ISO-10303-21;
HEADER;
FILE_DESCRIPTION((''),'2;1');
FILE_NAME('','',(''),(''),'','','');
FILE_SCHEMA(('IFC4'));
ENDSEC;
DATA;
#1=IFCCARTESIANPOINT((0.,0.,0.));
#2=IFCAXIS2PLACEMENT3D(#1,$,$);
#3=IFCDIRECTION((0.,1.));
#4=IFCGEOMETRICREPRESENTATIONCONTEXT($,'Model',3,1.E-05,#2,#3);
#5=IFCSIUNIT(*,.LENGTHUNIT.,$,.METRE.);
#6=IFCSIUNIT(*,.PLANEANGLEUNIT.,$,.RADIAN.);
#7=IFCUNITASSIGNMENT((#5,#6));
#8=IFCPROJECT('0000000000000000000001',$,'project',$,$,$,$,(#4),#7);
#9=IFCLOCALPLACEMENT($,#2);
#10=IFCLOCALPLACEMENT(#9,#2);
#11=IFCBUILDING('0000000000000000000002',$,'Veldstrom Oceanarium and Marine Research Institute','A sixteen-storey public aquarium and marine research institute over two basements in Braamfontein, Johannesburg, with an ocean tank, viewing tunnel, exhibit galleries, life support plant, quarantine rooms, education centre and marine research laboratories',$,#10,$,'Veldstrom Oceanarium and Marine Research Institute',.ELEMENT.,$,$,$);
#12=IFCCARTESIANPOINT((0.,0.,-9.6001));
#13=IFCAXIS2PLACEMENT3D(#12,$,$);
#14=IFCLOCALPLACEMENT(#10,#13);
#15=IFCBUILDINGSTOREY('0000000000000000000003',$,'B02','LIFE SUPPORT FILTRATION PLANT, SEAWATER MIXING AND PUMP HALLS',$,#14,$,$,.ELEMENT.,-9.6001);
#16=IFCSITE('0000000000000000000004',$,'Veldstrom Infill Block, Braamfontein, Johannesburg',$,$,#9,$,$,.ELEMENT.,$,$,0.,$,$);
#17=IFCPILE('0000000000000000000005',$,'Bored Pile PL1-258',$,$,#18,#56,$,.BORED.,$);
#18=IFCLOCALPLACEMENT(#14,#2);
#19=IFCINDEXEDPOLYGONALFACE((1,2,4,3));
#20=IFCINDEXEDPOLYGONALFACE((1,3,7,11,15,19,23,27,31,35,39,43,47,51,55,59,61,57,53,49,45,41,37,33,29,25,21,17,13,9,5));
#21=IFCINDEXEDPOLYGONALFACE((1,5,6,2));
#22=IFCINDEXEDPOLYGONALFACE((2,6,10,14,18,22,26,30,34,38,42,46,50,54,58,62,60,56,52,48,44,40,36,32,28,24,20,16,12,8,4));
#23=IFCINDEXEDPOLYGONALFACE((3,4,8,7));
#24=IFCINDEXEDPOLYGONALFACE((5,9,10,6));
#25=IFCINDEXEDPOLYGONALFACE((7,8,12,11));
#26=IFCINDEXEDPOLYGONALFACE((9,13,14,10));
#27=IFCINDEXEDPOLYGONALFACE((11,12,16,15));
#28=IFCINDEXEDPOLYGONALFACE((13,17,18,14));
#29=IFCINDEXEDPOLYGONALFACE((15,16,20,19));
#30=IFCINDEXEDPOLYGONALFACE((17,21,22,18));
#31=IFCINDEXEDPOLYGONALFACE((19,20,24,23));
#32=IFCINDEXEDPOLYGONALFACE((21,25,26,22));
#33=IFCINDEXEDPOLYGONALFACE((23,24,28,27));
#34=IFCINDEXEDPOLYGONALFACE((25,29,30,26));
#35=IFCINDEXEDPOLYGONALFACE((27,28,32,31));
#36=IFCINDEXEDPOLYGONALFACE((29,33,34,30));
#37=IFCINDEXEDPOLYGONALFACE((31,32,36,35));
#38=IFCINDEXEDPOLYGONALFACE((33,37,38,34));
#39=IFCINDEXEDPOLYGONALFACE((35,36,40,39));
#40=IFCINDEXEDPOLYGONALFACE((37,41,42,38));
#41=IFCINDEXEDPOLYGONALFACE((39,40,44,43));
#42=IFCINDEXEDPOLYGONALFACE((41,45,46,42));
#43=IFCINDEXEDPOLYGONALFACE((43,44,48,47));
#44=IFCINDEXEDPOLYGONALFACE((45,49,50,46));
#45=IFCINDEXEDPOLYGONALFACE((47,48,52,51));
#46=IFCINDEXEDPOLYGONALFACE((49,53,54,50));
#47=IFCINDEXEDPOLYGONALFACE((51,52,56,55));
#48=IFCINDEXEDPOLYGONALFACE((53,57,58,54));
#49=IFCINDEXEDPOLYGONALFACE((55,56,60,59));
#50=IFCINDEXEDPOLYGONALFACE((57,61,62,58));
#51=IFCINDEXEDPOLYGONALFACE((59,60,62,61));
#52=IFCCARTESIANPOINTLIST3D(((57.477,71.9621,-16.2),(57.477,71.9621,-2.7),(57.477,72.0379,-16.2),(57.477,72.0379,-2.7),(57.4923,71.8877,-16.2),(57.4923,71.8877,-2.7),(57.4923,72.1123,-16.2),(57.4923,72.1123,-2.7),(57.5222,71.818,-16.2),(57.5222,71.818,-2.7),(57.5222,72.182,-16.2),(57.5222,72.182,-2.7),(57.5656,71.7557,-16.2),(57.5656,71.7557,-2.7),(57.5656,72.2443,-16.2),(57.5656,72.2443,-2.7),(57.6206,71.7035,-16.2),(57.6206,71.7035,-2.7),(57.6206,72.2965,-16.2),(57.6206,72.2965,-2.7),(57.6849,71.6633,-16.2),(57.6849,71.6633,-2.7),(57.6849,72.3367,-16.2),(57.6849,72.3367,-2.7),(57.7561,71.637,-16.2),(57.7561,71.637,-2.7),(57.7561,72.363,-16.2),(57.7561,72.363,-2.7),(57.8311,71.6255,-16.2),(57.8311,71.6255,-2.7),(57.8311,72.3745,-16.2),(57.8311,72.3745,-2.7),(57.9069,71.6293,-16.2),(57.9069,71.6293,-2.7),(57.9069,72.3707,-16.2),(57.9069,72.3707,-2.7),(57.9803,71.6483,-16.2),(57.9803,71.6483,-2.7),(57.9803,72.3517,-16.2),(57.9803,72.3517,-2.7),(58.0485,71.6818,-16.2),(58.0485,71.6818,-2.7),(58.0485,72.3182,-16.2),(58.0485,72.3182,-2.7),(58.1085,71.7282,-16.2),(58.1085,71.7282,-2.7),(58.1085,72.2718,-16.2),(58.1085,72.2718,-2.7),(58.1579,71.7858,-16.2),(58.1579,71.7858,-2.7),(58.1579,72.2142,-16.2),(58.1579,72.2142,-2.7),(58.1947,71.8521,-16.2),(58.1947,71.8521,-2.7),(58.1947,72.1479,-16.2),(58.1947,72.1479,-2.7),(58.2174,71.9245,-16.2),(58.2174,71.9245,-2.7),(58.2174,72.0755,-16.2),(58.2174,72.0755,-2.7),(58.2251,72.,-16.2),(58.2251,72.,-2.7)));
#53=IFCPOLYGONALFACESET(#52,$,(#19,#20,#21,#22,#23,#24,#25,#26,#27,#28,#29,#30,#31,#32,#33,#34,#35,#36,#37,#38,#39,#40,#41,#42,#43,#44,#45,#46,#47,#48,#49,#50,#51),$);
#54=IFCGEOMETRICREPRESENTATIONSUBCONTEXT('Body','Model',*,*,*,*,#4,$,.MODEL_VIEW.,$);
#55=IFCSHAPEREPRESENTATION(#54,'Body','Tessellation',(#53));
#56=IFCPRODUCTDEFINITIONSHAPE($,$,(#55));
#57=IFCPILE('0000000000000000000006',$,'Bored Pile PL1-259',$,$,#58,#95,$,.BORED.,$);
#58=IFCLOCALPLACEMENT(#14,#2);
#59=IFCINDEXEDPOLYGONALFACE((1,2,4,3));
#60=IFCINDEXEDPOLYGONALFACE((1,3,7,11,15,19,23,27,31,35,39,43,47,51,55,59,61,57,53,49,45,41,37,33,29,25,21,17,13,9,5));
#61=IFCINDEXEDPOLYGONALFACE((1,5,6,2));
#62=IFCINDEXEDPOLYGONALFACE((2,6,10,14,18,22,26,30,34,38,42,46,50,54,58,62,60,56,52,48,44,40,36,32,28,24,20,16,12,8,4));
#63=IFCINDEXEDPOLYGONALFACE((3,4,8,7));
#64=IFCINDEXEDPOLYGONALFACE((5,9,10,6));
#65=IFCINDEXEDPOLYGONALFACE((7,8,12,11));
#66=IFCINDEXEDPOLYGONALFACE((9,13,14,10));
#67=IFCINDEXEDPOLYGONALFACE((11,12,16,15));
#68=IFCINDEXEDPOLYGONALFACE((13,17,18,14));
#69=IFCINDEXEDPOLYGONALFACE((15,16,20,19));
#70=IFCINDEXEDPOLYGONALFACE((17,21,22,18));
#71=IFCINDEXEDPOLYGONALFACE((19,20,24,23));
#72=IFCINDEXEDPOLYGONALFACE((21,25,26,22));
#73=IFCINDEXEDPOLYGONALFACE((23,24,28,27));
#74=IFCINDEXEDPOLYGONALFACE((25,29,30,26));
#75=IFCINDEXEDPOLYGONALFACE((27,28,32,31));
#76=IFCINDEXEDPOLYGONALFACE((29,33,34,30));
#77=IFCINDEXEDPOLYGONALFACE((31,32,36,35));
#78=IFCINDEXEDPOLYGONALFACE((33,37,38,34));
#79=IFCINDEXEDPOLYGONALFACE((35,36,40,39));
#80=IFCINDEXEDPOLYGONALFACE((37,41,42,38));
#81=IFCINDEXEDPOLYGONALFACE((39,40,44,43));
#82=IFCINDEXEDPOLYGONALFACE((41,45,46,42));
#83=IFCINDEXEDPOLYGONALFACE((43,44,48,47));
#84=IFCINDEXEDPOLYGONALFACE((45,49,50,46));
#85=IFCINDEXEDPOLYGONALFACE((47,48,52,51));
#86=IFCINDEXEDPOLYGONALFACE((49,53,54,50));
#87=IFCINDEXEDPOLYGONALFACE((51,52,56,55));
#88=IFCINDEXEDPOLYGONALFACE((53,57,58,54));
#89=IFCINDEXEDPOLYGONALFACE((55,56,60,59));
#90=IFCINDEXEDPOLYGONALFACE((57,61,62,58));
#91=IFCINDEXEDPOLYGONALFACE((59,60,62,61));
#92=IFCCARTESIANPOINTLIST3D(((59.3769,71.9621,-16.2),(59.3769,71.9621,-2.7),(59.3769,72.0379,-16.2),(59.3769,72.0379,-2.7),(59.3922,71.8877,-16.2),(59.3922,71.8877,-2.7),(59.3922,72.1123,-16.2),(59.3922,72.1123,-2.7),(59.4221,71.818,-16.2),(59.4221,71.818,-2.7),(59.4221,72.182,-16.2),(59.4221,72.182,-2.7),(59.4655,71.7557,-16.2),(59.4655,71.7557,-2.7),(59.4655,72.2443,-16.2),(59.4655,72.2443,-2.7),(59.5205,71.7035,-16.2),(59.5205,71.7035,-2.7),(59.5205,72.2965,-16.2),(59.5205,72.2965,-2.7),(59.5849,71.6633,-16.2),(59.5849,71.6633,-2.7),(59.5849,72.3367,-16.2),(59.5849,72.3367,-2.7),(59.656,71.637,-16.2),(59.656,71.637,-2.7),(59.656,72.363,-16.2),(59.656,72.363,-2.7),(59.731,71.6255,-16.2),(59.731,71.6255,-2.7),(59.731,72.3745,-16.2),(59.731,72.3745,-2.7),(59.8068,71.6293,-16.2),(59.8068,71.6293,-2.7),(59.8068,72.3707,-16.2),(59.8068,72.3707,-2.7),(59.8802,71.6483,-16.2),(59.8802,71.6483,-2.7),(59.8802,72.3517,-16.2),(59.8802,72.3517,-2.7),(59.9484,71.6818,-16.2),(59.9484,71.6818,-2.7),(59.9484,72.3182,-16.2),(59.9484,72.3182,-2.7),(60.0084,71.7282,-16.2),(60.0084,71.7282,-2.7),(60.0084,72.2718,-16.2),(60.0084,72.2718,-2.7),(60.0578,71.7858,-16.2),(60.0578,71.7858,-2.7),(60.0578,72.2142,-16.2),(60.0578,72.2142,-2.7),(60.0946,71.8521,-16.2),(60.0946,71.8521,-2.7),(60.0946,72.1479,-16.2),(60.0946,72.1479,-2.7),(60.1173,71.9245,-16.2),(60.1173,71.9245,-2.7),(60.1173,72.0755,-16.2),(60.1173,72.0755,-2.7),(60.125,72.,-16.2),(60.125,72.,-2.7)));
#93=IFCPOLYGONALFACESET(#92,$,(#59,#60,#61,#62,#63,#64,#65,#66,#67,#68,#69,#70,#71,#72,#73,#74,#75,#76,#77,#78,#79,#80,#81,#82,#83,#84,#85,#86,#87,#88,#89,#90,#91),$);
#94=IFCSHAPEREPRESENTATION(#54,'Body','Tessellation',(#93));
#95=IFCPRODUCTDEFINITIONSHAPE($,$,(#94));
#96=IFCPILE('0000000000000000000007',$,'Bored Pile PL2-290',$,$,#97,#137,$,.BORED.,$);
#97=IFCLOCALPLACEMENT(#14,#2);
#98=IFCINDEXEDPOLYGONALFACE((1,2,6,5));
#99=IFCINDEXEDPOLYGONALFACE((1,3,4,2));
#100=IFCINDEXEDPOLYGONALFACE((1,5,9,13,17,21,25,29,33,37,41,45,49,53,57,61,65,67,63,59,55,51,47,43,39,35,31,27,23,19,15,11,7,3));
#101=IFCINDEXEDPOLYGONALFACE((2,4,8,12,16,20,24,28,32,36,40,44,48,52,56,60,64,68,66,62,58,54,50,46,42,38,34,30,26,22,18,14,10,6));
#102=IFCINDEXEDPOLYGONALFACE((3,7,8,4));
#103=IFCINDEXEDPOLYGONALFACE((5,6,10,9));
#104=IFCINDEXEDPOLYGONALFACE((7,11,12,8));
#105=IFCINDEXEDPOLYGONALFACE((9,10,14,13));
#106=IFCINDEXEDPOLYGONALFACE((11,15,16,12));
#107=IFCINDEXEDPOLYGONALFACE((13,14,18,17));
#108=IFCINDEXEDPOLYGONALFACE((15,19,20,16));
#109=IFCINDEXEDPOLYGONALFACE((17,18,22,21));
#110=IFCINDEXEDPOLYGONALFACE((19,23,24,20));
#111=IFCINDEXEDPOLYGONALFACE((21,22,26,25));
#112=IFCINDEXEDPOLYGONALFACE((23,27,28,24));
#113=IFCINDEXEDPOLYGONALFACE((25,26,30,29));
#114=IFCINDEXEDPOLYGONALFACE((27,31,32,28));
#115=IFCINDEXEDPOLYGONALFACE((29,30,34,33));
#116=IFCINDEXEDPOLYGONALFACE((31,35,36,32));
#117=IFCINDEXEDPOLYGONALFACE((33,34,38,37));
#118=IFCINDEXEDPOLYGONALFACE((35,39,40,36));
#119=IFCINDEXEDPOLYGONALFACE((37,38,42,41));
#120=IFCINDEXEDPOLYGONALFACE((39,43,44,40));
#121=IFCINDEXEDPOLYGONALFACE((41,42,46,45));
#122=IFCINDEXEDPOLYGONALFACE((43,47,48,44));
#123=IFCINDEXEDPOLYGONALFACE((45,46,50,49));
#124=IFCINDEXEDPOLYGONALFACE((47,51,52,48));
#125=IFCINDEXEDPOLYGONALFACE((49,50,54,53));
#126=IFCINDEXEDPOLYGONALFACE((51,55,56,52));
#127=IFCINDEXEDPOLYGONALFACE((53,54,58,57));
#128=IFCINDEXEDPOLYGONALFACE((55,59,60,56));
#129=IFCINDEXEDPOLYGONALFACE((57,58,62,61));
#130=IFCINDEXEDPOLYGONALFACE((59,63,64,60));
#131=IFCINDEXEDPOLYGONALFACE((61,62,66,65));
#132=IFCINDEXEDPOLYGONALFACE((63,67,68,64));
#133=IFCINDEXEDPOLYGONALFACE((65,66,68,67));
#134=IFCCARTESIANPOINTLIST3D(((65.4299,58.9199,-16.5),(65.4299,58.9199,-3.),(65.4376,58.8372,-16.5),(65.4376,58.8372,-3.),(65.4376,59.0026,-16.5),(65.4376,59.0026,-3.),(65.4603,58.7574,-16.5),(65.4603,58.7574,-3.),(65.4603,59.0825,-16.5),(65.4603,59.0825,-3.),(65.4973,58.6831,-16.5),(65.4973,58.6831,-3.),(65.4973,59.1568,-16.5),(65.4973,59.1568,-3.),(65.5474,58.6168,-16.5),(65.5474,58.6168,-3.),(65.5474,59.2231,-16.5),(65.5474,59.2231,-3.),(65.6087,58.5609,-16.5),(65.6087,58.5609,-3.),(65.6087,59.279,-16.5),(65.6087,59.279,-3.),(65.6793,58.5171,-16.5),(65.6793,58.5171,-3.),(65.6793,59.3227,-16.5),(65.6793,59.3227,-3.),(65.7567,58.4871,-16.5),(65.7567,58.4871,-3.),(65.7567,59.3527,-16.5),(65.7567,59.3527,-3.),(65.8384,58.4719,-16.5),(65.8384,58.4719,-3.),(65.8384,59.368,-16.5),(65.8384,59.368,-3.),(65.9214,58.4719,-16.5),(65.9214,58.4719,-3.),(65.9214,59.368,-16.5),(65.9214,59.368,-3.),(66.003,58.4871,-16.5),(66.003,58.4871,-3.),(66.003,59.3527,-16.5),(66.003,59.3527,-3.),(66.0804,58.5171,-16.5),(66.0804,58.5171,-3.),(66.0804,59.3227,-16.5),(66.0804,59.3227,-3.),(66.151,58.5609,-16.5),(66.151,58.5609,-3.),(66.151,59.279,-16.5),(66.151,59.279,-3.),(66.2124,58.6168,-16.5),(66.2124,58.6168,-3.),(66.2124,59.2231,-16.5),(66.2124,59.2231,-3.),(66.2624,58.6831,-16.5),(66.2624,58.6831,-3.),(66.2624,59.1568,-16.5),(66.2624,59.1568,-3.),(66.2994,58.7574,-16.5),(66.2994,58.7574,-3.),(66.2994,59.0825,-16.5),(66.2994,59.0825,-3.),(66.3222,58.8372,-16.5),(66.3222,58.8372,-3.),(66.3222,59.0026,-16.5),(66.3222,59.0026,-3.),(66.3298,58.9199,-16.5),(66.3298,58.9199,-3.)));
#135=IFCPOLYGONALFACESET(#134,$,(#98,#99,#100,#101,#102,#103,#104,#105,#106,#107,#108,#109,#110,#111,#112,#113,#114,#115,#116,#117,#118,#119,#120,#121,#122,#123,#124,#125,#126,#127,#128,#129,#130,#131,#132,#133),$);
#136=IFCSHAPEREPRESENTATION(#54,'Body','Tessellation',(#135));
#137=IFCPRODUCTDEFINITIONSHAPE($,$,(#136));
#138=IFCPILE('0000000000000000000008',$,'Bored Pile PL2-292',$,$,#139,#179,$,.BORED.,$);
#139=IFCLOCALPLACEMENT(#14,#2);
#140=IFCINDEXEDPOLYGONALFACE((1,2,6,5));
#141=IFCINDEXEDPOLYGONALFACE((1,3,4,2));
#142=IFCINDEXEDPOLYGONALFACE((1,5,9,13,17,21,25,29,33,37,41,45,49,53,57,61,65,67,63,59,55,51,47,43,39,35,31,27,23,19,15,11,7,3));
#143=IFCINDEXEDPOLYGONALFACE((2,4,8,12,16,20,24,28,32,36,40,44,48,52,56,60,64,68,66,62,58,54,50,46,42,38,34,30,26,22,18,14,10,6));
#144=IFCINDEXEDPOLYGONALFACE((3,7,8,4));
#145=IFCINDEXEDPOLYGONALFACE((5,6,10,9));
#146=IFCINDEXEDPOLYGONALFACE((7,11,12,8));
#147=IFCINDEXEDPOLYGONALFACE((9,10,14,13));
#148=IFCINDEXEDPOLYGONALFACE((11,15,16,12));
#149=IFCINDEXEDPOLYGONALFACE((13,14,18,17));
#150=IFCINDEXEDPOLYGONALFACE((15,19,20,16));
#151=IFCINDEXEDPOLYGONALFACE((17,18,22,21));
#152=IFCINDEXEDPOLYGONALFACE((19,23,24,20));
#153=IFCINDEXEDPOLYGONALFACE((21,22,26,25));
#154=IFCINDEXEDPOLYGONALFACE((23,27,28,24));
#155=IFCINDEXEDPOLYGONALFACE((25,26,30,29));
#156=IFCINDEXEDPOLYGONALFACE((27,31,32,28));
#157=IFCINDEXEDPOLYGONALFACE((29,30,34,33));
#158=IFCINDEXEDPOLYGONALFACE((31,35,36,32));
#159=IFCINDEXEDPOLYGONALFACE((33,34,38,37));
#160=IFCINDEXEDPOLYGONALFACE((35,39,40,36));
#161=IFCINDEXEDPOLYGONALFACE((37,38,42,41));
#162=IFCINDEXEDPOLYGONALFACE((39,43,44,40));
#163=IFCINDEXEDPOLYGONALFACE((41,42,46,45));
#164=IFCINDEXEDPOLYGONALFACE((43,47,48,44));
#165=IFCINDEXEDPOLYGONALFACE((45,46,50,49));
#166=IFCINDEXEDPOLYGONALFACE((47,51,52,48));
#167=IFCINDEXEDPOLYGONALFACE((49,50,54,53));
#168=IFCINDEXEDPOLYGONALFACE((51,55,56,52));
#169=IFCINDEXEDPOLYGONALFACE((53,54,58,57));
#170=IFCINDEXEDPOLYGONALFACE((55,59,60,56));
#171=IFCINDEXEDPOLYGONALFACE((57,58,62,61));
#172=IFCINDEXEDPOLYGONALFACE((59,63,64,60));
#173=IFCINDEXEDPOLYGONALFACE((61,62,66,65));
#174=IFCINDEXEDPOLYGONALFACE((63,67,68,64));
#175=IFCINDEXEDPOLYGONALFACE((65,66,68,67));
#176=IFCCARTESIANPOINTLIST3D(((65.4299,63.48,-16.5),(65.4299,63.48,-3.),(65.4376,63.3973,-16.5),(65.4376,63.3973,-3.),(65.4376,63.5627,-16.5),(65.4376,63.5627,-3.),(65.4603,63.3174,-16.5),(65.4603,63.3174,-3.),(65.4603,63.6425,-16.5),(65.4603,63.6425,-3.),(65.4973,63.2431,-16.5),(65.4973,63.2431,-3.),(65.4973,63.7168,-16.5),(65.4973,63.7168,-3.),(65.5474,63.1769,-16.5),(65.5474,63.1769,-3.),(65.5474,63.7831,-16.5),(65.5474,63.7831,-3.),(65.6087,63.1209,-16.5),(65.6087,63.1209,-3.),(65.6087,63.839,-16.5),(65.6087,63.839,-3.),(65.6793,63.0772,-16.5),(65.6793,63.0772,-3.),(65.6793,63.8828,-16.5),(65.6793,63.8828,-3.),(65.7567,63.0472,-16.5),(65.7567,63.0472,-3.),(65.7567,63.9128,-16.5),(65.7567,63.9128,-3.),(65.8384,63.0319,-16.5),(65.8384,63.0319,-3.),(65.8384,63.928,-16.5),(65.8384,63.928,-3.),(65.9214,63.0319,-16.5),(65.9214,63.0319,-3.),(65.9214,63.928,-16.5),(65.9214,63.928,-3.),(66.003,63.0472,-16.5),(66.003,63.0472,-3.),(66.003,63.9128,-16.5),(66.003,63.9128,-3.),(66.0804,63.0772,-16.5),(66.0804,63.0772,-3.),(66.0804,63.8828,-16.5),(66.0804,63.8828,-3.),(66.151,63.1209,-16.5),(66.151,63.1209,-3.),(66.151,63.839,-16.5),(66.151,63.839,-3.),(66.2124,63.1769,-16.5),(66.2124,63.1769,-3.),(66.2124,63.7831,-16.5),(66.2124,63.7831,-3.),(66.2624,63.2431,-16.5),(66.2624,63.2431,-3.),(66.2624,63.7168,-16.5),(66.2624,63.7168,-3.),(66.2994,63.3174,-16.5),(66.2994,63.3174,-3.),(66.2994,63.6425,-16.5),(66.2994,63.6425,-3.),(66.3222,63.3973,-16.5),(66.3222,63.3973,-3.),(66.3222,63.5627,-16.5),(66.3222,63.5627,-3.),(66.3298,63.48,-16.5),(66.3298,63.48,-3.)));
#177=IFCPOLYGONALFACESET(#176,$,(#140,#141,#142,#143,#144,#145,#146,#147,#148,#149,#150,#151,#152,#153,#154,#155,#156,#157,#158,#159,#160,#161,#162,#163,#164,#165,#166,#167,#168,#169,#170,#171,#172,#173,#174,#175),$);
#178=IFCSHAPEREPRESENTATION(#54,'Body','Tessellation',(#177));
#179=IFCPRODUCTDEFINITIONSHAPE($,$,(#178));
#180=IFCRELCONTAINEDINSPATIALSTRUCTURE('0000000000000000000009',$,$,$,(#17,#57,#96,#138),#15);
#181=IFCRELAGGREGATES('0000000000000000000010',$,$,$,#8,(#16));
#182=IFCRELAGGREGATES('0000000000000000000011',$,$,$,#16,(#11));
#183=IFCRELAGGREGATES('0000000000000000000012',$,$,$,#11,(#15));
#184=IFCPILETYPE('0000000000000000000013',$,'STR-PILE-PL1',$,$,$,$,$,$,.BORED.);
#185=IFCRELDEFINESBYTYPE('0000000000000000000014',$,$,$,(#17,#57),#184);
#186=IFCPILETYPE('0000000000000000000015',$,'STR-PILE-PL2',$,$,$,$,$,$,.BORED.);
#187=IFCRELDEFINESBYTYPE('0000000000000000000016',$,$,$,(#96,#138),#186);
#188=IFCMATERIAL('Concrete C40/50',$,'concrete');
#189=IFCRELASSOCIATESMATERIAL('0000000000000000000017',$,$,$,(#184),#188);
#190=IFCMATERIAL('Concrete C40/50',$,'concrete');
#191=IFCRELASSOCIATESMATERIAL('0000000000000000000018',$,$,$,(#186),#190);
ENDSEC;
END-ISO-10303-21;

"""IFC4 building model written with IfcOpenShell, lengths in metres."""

from ifc_helpers import new_model, si_unit, direction, frame, origin, origin_2d, place, context, subcontext, project, spatial, circle, extrude, material, material_profile, profile_set, type_object, element, save


model = new_model("IFC4")

# Units and contexts
model_context = context("Model", 3, precision=1e-05, world=origin(), true_north=direction((0.0, 1.0)))
body_context = subcontext(model_context, "Body", "Model", "MODEL_VIEW")
ifc_project = project(units=[si_unit("LENGTHUNIT", "METRE"), si_unit("PLANEANGLEUNIT", "RADIAN")], contexts=[model_context])

# Site, building, storey
site_placement = place(None, origin())
site = spatial("IfcSite", under=ifc_project, at=site_placement, Name="Veldstrom Infill Block, Braamfontein, Johannesburg", CompositionType="ELEMENT", RefElevation=0.0)
building_placement = place(site_placement, origin())
building = spatial("IfcBuilding", under=site, at=building_placement, Name="Veldstrom Oceanarium and Marine Research Institute", Description="A sixteen-storey public aquarium and marine research institute over two basements in Braamfontein, Johannesburg, with an ocean tank, viewing tunnel, exhibit galleries, life support plant, quarantine rooms, education centre and marine research laboratories", LongName="Veldstrom Oceanarium and Marine Research Institute", CompositionType="ELEMENT")
storey_placement = place(building_placement, frame((0.0, 0.0, -9.6001)))
storey = spatial("IfcBuildingStorey", under=building, at=storey_placement, Name="B02", Description="LIFE SUPPORT FILTRATION PLANT, SEAWATER MIXING AND PUMP HALLS", CompositionType="ELEMENT", Elevation=-9.6001)

# Piles
ifc_material_1 = material(Name="Concrete C40/50", Category="concrete")
ifc_material_profile_1 = material_profile(ifc_material_1, circle(Radius=0.375, at=origin_2d()), Name="PILE-D750")
ifc_profile_set_1 = profile_set([ifc_material_profile_1], Name="Concrete C40/50")
pile_type_1 = type_object("IfcPileType", Name="STR-PILE-PL1", PredefinedType="BORED", material=ifc_profile_set_1)
for number, where, z_axis, x_axis, name in (
    (1, (57.8501, 72.0, -2.7), (0.0, 0.0, -1.0), (1.0, 0.0, 0.0), "Bored Pile PL1-258"),
    (2, (59.75, 72.0, -2.7), (0.0, 0.0, -1.0), (1.0, 0.0, 0.0), "Bored Pile PL1-259"),
):
    element("IfcPile", number, at=place(storey_placement, frame(where, z_axis=z_axis, x_axis=x_axis)), inside=storey, type_object=pile_type_1, Name=name, PredefinedType="BORED", context=body_context, shape_type="SweptSolid", body=[
        extrude(circle(Radius=0.375, at=origin_2d()), origin(), (0.0, 0.0, 1.0), 13.5),
    ])
ifc_material_2 = material(Name="Concrete C40/50", Category="concrete")
ifc_material_profile_2 = material_profile(ifc_material_2, circle(Radius=0.45, at=origin_2d()), Name="PILE-D900")
ifc_profile_set_2 = profile_set([ifc_material_profile_2], Name="Concrete C40/50")
pile_type_2 = type_object("IfcPileType", Name="STR-PILE-PL2", PredefinedType="BORED", material=ifc_profile_set_2)
for number, where, z_axis, x_axis, name in (
    (3, (65.8799, 58.9199, -3.0), (0.0, 0.0, -1.0), (1.0, 0.0, 0.0), "Bored Pile PL2-290"),
    (4, (65.8799, 63.48, -3.0), (0.0, 0.0, -1.0), (1.0, 0.0, 0.0), "Bored Pile PL2-292"),
):
    element("IfcPile", number, at=place(storey_placement, frame(where, z_axis=z_axis, x_axis=x_axis)), inside=storey, type_object=pile_type_2, Name=name, PredefinedType="BORED", context=body_context, shape_type="SweptSolid", body=[
        extrude(circle(Radius=0.45, at=origin_2d()), origin(), (0.0, 0.0, 1.0), 13.5),
    ])

save(model, "model.ifc")
